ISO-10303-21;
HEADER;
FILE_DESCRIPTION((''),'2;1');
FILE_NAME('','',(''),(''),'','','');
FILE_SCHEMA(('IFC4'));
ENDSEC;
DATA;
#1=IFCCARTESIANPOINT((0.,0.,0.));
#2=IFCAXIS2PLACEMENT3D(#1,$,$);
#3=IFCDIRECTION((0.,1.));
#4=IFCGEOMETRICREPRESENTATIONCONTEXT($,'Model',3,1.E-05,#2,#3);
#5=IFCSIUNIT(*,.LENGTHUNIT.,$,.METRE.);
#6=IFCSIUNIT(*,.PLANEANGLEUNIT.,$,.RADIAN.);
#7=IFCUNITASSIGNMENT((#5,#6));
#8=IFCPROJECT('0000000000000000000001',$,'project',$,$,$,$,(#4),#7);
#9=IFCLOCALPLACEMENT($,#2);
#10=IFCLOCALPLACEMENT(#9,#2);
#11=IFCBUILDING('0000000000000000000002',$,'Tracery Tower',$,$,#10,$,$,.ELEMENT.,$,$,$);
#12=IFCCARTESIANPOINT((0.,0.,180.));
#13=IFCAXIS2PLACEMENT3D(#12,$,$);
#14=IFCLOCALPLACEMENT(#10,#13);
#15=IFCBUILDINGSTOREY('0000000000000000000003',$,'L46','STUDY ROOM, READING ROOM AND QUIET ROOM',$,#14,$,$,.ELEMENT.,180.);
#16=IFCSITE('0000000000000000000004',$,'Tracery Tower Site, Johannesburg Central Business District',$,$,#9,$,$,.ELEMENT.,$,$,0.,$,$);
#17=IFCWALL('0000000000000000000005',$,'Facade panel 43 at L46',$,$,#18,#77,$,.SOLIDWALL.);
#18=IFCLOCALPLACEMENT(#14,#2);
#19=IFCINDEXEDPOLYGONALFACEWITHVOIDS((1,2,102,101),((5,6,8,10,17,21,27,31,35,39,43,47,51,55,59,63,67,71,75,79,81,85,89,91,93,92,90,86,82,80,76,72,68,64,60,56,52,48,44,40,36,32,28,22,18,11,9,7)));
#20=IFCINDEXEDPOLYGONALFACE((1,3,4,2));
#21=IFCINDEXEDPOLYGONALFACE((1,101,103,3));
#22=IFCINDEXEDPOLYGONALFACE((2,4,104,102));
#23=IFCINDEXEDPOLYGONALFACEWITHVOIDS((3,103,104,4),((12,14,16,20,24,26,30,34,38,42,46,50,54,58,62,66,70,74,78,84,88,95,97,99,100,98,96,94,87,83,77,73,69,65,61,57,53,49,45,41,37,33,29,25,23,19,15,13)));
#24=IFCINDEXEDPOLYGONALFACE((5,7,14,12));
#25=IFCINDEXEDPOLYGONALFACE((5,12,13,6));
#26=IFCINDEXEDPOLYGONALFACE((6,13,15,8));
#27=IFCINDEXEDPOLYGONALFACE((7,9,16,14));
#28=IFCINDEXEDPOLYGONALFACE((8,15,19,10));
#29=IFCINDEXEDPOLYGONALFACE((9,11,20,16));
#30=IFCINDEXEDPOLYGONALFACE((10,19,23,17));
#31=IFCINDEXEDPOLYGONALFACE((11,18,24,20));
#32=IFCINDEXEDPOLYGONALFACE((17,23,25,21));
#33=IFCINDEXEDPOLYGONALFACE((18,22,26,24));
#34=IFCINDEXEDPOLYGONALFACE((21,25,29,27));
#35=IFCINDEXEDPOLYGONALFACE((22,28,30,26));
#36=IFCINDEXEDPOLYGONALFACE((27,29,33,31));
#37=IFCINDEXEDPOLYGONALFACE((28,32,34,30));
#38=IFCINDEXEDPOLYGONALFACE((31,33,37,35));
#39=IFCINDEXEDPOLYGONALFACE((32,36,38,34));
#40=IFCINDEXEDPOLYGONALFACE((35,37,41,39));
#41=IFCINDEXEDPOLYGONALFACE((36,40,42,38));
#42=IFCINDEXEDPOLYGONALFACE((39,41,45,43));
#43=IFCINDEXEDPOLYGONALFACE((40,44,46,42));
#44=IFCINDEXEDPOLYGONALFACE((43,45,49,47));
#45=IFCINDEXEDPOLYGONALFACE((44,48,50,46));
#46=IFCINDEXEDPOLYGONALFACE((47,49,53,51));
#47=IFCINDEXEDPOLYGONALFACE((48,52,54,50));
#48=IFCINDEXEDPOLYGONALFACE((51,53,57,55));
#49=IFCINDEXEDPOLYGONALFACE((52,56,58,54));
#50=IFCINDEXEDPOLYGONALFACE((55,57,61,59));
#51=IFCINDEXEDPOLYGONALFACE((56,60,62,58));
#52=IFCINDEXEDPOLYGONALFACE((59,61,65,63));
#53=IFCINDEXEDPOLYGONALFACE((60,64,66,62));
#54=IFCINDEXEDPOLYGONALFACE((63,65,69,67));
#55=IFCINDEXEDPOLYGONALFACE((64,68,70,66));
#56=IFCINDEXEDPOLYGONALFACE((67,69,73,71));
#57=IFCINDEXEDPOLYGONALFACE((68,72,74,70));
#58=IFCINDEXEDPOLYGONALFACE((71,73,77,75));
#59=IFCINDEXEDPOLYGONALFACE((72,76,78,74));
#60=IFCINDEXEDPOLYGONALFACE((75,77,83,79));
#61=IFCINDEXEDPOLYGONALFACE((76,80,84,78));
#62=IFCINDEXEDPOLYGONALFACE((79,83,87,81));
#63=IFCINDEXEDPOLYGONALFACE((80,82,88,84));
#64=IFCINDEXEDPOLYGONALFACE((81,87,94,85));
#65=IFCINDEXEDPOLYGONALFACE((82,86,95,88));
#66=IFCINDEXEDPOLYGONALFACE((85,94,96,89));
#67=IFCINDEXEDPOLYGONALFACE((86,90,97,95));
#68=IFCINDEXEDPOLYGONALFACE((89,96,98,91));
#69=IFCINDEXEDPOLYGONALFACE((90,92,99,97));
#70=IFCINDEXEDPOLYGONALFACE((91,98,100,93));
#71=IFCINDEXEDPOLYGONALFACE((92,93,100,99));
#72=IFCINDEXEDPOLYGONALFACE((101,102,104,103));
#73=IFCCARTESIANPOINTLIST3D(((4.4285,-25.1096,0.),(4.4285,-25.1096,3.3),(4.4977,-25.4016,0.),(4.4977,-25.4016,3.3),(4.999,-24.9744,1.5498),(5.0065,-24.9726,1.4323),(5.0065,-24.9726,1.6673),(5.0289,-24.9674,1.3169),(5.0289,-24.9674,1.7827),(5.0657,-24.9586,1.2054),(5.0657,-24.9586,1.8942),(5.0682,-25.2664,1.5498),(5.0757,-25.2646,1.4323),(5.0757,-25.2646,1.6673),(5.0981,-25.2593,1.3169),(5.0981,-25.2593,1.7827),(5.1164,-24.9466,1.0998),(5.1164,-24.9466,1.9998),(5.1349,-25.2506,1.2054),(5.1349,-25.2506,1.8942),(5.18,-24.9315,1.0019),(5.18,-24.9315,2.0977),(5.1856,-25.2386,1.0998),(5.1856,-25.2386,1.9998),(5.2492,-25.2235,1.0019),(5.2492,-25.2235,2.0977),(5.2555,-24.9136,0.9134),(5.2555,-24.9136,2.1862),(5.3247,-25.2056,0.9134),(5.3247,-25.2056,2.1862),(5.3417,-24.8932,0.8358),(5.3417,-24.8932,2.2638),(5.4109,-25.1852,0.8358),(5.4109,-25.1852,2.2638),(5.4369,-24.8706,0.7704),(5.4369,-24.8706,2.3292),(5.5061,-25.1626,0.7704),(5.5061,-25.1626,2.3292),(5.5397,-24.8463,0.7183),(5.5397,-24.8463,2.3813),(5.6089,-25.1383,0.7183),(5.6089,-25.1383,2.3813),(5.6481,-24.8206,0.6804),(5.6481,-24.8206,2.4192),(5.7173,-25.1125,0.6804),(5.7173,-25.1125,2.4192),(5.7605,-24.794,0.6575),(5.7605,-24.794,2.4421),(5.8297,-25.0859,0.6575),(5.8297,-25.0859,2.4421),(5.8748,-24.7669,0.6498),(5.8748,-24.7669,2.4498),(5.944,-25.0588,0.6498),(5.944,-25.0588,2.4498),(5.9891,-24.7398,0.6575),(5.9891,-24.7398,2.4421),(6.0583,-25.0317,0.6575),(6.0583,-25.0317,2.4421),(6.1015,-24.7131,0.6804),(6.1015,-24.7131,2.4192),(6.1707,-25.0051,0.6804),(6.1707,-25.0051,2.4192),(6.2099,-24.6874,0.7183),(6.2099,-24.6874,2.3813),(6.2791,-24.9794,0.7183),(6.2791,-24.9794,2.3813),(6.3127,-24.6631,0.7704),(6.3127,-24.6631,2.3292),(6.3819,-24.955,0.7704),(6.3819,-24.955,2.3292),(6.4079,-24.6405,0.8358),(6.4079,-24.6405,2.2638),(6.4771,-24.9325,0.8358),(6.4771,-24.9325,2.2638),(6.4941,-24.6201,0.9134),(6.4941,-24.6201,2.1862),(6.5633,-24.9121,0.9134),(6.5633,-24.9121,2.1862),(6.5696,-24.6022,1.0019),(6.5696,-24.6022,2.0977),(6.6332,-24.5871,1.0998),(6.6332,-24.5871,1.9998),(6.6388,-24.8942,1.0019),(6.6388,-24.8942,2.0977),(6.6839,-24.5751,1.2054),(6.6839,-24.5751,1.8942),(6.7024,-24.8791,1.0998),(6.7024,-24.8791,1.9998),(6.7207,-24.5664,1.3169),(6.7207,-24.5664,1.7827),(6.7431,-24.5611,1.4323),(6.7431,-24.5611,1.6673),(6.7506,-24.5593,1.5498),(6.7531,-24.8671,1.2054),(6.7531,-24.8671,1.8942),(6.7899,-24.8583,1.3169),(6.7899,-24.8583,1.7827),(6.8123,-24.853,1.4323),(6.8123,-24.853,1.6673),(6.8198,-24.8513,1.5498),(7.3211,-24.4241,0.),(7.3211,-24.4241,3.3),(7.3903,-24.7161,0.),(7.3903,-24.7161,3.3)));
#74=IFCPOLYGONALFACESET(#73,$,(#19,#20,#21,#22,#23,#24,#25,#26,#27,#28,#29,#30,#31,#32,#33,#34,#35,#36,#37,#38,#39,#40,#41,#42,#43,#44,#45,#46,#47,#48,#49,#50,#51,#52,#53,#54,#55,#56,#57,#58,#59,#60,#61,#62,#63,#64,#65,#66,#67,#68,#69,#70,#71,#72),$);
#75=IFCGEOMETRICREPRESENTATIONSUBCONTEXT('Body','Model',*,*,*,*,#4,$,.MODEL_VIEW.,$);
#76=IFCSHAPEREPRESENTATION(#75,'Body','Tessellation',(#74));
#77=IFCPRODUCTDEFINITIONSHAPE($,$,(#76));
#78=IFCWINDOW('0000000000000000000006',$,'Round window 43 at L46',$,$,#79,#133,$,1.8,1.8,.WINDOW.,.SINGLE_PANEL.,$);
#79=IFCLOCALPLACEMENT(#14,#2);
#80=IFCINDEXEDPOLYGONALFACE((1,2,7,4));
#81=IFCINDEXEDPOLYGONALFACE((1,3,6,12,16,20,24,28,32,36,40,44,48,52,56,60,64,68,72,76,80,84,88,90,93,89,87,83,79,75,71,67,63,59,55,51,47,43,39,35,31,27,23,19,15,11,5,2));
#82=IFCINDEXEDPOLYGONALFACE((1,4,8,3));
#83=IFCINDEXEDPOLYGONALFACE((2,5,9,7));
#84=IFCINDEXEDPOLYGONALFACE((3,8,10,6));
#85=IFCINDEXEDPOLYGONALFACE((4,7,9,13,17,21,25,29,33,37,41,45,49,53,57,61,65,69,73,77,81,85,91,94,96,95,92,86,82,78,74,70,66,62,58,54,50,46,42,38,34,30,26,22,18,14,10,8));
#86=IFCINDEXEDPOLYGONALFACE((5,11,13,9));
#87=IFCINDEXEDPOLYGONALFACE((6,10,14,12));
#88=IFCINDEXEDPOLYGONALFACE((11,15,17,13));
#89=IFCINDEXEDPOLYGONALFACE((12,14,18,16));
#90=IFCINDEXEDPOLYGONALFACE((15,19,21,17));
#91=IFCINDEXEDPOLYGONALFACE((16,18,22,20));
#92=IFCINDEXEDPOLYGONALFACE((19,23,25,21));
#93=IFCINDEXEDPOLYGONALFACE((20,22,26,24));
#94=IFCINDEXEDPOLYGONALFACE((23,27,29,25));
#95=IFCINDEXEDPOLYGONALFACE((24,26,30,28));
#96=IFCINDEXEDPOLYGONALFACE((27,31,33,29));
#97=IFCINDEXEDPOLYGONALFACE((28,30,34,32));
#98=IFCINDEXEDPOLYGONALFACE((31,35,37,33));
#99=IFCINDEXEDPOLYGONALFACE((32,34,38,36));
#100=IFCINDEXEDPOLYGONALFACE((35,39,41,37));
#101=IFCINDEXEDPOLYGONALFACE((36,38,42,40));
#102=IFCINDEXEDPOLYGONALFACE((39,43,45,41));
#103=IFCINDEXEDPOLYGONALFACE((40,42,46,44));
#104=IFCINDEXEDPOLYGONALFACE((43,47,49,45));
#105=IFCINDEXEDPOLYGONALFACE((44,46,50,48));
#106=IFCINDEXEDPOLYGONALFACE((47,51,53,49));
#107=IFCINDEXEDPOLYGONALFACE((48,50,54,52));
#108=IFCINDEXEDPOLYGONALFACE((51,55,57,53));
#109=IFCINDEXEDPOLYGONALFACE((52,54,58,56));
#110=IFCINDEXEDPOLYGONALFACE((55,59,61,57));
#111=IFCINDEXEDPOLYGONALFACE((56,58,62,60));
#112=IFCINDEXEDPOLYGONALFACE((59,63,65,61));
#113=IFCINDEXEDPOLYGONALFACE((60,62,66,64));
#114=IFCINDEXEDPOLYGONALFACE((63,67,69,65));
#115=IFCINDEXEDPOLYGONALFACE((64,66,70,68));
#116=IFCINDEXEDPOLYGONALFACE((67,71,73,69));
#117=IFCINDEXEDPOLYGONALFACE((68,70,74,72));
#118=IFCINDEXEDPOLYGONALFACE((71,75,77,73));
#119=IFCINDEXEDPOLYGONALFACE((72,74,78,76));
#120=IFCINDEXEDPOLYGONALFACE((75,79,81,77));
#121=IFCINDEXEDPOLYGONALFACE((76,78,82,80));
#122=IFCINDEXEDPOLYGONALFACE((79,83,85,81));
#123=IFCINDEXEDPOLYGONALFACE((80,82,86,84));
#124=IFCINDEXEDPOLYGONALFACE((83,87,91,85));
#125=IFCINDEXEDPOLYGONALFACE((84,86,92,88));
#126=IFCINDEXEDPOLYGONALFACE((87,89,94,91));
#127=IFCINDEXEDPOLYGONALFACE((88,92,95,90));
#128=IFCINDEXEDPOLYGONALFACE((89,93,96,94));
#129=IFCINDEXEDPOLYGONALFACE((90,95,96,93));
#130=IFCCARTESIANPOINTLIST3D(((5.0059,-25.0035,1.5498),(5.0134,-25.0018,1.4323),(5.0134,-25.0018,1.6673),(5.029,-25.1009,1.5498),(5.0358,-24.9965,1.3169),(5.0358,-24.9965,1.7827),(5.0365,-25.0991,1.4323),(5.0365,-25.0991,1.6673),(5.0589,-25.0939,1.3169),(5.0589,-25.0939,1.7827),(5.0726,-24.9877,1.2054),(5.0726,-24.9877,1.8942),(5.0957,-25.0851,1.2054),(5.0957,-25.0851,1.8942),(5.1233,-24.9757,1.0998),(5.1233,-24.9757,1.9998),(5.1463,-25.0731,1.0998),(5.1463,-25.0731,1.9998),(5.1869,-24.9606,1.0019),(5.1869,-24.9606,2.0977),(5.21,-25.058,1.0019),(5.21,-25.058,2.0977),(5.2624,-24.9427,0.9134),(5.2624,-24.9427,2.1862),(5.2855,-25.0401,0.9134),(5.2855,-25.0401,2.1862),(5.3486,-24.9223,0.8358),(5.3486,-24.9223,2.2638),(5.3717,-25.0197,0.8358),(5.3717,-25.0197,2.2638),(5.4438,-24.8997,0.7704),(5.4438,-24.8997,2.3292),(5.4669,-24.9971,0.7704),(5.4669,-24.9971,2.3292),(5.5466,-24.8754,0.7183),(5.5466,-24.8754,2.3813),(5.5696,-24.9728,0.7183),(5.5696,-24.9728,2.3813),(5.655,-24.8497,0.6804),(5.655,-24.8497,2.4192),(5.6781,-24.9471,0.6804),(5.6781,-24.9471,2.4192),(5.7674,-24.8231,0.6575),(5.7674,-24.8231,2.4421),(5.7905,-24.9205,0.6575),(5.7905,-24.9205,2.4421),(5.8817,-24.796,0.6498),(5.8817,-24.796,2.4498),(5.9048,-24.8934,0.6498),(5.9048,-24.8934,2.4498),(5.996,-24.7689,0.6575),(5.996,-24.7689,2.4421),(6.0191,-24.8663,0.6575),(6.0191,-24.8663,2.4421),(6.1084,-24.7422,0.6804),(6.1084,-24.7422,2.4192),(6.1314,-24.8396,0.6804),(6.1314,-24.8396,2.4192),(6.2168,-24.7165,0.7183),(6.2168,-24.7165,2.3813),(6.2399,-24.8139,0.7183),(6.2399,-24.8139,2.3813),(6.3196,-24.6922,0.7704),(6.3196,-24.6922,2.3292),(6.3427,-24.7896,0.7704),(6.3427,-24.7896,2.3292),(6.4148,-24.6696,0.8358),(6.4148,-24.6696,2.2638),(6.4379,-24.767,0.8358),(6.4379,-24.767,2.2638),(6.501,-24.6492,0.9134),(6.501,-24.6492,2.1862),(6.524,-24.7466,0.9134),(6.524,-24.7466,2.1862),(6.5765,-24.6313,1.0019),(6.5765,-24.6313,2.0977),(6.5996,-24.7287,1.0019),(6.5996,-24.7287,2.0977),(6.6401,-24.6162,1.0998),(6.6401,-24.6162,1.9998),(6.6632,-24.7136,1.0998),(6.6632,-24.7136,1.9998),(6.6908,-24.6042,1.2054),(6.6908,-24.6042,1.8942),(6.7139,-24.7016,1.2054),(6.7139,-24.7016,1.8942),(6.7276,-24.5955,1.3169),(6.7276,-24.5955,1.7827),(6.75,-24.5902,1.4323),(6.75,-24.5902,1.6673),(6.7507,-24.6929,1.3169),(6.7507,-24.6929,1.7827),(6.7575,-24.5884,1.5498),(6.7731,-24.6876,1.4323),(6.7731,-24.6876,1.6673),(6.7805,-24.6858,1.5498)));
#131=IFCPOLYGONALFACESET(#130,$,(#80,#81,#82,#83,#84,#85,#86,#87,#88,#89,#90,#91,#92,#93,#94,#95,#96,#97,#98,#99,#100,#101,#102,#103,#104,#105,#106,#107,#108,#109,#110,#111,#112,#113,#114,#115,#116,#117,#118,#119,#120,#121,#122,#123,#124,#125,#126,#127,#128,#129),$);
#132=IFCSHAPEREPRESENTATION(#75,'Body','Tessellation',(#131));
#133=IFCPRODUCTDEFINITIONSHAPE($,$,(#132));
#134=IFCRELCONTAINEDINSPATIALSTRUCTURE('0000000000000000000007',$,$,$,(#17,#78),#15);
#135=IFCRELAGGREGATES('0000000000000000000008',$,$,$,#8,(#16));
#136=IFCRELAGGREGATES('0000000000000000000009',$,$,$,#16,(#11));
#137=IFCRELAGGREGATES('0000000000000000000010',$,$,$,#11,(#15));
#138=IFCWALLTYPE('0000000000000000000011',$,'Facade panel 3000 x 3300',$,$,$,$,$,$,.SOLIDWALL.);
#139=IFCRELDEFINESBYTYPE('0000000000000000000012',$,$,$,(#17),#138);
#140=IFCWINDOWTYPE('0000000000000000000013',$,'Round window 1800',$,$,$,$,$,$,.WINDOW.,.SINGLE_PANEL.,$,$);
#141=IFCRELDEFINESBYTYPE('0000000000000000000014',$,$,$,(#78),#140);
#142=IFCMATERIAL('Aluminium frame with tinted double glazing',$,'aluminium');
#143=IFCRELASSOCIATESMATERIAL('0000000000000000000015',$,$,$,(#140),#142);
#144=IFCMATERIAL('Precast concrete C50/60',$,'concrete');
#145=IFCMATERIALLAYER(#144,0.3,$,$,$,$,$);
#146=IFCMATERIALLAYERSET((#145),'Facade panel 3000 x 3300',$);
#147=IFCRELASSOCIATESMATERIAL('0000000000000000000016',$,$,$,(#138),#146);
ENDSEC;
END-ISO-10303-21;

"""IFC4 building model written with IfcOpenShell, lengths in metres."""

from ifc_helpers import new_model, si_unit, direction, frame, frame_2d, origin, origin_2d, place, context, subcontext, project, spatial, rectangle, circle, extrude, material, layer, layer_set, type_object, element, fill, save


model = new_model("IFC4")

# Units and contexts
model_context = context("Model", 3, precision=1e-05, world=origin(), true_north=direction((0.0, 1.0)))
body_context = subcontext(model_context, "Body", "Model", "MODEL_VIEW")
ifc_project = project(units=[si_unit("LENGTHUNIT", "METRE"), si_unit("PLANEANGLEUNIT", "RADIAN")], contexts=[model_context])

# Site, building, storey
site_placement = place(None, origin())
site = spatial("IfcSite", under=ifc_project, at=site_placement, Name="Tracery Tower Site, Johannesburg Central Business District", CompositionType="ELEMENT", RefElevation=0.0)
building_placement = place(site_placement, origin())
building = spatial("IfcBuilding", under=site, at=building_placement, Name="Tracery Tower", CompositionType="ELEMENT")
storey_placement = place(building_placement, frame((0.0, 0.0, 180.0)))
storey = spatial("IfcBuildingStorey", under=building, at=storey_placement, Name="L46", Description="STUDY ROOM, READING ROOM AND QUIET ROOM", CompositionType="ELEMENT", Elevation=180.0)

# Wall, opening, window
ifc_material_1 = material(Name="Aluminium frame with tinted double glazing", Category="aluminium")
window_type = type_object("IfcWindowType", Name="Round window 1800", PartitioningType="SINGLE_PANEL", PredefinedType="WINDOW", material=ifc_material_1)
ifc_material_2 = material(Name="Precast concrete C50/60", Category="concrete")
ifc_layer_1 = layer(ifc_material_2, 0.3)
ifc_layer_set_1 = layer_set([ifc_layer_1], Name="Facade panel 3000 x 3300")
wall_type_1 = type_object("IfcWallType", Name="Facade panel 3000 x 3300", PredefinedType="SOLIDWALL", material=ifc_layer_set_1)
wall_1_placement = place(storey_placement, frame((4.4631, -25.2556, 0.0), z_axis=(0.0, 0.0, 1.0), x_axis=(0.973045, 0.230614, 0.0)))
wall_1 = element("IfcWall", 1, at=wall_1_placement, inside=storey, type_object=wall_type_1, Name="Facade panel 43 at L46", PredefinedType="SOLIDWALL", context=body_context, shape_type="SweptSolid", body=[
    extrude(rectangle(XDim=2.9727, YDim=0.3, at=frame_2d((1.4863, 0.0))), origin(), (0.0, 0.0, 1.0), 3.3),
])
opening_1_placement = place(wall_1_placement, frame((1.4863, 0.0, 1.5498)))
opening_1 = element("IfcOpeningElement", 2, at=opening_1_placement, cuts=wall_1, PredefinedType="OPENING", context=body_context, shape_type="SweptSolid", body=[
    extrude(circle(Radius=0.9, at=origin_2d()), frame((0.0, 0.1599, 0.0), z_axis=(0.0, -1.0, 0.0), x_axis=(1.0, 0.0, 0.0)), (0.0, 0.0, 1.0), 0.3201),
])
window_1_placement = place(opening_1_placement, origin())
window_1 = element("IfcWindow", 3, at=window_1_placement, inside=storey, type_object=window_type, Name="Round window 43 at L46", OverallHeight=1.8, OverallWidth=1.8, PartitioningType="SINGLE_PANEL", PredefinedType="WINDOW", context=body_context, shape_type="SweptSolid", body=[
    extrude(circle(Radius=0.9, at=origin_2d()), frame((0.0, 0.1201, 0.0), z_axis=(0.0, -1.0, 0.0), x_axis=(1.0, 0.0, 0.0)), (0.0, 0.0, 1.0), 0.1001),
])
fill(opening_1, window_1)

save(model, "model.ifc")
